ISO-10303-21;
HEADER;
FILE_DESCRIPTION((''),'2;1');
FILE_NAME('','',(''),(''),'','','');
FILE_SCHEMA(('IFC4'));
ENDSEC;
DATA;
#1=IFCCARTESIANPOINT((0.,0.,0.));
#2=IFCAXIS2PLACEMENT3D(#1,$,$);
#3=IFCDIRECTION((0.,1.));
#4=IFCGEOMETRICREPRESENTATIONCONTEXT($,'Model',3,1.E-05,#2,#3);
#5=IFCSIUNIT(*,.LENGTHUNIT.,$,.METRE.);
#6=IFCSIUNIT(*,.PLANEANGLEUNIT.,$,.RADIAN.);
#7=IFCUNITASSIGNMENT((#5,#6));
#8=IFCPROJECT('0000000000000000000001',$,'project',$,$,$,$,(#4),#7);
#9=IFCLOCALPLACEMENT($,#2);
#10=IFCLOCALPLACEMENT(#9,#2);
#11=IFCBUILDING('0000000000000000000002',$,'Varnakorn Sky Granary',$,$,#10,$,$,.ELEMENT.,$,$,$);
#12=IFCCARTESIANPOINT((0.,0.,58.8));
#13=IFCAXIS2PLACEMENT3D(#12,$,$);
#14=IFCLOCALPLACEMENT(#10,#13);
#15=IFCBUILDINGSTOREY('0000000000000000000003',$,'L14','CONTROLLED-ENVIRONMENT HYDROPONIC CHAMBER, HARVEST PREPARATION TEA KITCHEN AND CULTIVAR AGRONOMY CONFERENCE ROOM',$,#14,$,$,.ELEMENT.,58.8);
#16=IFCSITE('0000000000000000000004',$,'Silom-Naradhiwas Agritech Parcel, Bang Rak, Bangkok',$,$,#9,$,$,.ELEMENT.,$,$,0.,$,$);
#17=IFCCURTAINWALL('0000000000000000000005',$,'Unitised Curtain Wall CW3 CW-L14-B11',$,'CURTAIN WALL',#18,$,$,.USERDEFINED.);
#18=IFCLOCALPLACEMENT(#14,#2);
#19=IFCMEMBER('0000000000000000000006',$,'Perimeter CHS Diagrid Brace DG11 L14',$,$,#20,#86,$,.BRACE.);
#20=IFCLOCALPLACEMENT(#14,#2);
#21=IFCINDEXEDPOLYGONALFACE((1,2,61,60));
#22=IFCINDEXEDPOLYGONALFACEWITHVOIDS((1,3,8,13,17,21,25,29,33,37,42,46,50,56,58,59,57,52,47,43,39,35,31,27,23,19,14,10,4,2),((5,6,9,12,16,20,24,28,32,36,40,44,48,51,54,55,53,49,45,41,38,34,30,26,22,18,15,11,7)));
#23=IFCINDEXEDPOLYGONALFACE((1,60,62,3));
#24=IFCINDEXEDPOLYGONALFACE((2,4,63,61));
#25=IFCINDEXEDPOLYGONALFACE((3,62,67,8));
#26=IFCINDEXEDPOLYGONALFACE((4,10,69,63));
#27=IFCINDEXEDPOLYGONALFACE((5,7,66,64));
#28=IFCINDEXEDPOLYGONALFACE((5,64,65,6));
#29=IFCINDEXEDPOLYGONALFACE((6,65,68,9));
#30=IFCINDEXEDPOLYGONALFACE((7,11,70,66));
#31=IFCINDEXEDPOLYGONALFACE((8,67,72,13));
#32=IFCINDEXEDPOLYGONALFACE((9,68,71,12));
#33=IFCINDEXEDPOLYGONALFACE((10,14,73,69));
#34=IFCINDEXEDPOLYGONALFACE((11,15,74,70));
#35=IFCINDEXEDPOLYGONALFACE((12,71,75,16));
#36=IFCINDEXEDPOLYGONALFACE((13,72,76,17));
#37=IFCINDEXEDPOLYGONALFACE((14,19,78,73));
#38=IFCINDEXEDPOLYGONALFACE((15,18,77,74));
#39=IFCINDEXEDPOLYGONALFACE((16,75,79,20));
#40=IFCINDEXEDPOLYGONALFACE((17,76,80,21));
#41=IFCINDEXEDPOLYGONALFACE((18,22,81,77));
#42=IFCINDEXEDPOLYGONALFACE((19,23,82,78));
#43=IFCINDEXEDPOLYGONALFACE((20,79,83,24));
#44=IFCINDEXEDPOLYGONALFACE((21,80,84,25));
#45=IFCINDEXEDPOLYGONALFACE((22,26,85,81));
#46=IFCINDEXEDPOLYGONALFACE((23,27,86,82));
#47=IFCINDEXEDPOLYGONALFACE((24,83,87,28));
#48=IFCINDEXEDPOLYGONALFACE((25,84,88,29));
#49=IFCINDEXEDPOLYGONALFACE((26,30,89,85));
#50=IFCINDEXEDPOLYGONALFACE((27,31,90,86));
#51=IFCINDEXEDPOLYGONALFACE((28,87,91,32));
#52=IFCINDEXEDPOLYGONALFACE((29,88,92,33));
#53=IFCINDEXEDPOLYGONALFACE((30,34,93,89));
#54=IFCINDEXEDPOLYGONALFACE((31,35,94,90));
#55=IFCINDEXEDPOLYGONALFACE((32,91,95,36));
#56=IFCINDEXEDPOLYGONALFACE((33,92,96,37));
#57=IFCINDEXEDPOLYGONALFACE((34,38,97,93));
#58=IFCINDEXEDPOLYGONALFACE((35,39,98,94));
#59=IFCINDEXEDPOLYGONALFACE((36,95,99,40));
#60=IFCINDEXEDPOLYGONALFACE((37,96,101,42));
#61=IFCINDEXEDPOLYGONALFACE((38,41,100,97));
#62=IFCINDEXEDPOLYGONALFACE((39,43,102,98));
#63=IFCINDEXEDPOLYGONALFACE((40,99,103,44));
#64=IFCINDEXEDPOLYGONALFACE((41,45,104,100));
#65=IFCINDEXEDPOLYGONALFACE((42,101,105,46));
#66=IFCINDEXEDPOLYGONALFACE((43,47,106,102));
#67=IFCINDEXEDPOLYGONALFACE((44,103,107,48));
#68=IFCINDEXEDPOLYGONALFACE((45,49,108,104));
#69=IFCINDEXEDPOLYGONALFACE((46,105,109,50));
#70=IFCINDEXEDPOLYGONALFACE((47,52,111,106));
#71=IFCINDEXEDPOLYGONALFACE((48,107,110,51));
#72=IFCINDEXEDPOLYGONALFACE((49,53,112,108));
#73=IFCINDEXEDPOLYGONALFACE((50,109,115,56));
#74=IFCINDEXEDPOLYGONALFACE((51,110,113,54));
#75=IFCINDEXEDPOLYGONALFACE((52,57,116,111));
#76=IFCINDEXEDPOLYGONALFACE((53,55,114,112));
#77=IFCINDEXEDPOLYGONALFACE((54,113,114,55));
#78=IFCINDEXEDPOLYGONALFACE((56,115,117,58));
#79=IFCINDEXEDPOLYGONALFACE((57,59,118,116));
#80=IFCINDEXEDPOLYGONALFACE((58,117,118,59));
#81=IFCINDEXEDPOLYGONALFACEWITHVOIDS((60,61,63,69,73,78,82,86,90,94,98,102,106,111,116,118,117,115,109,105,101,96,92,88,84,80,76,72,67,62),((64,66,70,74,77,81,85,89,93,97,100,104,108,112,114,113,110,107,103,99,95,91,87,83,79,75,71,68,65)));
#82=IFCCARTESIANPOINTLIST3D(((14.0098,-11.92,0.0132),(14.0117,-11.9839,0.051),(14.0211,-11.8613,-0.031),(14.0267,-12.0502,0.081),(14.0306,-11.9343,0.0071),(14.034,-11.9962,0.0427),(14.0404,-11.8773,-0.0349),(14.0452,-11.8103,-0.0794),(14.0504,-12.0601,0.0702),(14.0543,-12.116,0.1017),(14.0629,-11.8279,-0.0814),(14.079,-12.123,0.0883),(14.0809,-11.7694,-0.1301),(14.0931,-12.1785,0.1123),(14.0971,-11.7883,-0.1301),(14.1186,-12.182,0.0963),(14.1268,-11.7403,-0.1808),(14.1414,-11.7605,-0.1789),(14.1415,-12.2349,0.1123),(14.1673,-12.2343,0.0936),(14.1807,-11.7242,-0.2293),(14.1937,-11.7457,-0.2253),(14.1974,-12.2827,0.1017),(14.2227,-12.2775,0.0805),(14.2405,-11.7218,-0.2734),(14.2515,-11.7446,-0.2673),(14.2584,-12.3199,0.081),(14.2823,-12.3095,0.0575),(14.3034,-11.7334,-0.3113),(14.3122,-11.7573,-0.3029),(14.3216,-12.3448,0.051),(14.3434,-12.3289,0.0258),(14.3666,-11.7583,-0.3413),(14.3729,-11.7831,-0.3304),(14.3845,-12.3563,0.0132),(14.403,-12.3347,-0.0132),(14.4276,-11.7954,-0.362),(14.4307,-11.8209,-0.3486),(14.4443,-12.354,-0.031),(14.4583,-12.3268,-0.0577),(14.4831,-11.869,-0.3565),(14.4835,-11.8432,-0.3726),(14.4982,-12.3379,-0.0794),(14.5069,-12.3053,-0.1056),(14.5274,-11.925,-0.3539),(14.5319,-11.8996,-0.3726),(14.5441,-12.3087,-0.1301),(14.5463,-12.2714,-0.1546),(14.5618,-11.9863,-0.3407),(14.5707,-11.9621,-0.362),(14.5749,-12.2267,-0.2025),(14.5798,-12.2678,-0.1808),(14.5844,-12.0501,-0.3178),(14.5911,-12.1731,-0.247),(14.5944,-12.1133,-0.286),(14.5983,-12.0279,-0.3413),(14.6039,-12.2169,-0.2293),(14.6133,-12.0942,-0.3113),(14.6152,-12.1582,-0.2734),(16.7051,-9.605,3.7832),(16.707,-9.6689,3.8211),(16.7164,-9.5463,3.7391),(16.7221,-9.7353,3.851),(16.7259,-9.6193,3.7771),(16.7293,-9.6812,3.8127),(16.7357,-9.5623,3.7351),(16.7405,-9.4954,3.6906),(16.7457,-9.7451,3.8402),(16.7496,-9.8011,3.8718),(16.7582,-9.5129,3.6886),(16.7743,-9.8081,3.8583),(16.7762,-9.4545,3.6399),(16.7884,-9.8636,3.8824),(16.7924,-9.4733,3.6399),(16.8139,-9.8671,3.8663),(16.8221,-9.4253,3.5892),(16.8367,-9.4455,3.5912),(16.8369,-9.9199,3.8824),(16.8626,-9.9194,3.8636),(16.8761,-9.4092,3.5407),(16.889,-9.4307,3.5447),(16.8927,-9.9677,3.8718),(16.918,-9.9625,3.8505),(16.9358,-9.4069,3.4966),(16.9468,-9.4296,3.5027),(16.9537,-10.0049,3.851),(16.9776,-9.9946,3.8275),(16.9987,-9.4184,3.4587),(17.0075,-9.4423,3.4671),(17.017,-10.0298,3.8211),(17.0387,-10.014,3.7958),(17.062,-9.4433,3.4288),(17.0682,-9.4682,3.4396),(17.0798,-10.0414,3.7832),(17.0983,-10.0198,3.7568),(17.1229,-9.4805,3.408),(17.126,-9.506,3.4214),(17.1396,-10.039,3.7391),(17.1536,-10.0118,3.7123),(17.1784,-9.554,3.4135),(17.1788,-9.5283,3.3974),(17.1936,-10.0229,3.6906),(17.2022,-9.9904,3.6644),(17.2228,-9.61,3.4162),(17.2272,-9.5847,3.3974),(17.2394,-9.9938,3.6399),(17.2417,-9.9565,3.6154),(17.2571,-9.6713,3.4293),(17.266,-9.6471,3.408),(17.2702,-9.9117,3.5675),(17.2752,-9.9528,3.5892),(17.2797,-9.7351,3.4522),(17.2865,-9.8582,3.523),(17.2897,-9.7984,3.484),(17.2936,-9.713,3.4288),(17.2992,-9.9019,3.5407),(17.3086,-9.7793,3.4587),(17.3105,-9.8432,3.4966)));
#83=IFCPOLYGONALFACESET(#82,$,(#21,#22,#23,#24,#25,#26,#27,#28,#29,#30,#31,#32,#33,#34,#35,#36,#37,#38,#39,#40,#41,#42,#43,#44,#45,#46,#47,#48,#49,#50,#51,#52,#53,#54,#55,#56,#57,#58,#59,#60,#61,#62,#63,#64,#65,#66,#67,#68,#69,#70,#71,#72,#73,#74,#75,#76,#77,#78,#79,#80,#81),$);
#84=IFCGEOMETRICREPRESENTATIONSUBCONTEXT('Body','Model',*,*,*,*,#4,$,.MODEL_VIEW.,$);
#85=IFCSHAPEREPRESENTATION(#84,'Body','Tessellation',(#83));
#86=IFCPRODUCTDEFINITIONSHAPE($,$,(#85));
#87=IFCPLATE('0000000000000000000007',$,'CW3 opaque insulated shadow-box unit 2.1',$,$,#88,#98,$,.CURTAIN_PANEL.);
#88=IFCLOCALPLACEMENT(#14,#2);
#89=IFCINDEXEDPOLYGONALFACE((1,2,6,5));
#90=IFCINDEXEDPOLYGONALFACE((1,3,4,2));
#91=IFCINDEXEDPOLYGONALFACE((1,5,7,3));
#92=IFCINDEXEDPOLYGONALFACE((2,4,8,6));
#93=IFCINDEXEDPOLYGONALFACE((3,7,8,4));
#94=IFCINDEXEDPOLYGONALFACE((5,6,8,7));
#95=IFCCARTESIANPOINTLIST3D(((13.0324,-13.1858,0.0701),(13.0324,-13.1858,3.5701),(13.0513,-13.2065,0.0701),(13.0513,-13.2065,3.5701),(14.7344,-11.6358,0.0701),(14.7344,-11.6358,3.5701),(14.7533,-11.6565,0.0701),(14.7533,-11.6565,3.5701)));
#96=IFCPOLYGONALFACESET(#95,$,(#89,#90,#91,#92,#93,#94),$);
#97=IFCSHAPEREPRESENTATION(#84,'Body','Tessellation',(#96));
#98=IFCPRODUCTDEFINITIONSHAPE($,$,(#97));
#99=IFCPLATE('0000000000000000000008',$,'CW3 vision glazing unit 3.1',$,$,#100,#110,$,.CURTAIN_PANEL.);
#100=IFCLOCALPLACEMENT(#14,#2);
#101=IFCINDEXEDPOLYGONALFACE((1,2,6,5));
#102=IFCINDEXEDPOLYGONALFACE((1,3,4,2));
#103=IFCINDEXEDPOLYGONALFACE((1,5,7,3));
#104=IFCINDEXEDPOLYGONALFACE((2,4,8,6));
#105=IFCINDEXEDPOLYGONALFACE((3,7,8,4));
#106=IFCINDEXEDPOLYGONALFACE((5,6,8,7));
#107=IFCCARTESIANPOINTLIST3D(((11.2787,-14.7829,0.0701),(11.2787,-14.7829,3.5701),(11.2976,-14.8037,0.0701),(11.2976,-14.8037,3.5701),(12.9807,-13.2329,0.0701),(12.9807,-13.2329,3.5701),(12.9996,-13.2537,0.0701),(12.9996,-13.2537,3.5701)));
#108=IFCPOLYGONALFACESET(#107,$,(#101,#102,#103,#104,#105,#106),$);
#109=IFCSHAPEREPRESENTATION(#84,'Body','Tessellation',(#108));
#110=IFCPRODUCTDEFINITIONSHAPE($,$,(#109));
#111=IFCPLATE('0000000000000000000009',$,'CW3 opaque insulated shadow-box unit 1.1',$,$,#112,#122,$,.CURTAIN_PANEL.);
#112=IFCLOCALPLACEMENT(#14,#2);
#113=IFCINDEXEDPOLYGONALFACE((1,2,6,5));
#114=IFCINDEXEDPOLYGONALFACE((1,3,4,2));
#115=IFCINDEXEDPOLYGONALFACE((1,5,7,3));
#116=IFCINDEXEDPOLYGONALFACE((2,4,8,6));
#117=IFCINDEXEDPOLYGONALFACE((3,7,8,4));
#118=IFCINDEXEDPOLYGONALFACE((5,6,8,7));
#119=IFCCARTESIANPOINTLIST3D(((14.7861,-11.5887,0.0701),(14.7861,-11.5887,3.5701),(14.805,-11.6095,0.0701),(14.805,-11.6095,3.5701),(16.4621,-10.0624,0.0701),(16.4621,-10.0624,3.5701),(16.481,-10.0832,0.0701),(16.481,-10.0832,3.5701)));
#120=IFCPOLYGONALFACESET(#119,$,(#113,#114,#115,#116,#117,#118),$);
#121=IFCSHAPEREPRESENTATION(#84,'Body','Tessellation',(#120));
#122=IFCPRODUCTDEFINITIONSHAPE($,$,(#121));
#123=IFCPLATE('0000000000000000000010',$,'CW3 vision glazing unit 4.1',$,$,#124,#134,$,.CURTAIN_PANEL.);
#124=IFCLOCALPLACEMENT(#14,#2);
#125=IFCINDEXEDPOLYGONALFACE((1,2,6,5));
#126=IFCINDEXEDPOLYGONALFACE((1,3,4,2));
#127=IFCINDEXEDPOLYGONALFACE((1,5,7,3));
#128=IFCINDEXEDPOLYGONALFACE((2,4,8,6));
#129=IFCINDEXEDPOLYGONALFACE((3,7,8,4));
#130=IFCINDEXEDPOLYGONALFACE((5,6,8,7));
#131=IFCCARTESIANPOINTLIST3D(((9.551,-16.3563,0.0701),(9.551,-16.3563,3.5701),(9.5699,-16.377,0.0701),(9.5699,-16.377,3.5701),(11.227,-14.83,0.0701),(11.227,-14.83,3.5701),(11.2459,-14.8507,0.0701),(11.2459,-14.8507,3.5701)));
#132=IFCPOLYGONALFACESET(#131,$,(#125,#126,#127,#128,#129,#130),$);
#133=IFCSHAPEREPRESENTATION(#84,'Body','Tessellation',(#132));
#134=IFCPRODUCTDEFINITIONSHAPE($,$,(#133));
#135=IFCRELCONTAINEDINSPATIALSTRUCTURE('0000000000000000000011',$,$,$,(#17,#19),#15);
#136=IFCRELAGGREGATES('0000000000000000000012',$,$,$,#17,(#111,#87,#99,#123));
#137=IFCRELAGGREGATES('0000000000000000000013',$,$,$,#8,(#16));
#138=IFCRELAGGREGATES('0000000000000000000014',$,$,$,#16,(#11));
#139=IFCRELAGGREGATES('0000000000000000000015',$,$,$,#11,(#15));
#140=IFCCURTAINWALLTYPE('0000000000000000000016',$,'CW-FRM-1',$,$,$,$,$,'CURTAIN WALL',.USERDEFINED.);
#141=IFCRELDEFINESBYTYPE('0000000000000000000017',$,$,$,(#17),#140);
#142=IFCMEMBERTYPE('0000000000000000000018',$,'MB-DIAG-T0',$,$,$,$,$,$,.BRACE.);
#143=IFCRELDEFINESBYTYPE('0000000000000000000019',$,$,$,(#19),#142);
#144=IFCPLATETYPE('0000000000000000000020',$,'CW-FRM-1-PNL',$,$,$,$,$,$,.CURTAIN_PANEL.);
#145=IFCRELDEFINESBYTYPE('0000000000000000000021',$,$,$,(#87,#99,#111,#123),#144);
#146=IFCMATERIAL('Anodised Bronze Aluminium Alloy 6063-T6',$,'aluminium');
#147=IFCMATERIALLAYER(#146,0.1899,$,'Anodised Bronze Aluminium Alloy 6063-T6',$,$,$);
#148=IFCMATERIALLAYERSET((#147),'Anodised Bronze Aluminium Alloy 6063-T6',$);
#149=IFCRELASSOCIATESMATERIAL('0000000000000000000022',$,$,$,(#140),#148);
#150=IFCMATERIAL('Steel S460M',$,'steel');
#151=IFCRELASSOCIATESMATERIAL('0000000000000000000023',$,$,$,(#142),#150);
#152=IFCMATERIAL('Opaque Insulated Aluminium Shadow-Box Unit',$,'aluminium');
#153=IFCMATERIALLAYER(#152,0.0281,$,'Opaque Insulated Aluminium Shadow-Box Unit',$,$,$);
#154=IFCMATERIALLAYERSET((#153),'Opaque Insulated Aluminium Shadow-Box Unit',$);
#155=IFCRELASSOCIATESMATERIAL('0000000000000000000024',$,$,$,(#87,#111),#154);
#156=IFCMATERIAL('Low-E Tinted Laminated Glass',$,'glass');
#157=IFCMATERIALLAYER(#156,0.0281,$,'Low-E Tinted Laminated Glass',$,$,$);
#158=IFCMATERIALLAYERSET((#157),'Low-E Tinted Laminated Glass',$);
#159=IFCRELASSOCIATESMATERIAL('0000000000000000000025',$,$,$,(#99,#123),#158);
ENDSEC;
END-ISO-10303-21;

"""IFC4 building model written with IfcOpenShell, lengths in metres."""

from ifc_helpers import new_model, si_unit, direction, frame, origin, origin_2d, place, context, subcontext, project, spatial, rectangle, hollow_circle, extrude, source, transform, mapped, material, layer, layer_set, material_profile, profile_set, type_object, type_shapes, element, aggregate, save


model = new_model("IFC4")

# Units and contexts
model_context = context("Model", 3, precision=1e-05, world=origin(), true_north=direction((0.0, 1.0)))
body_context = subcontext(model_context, "Body", "Model", "MODEL_VIEW")
ifc_project = project(units=[si_unit("LENGTHUNIT", "METRE"), si_unit("PLANEANGLEUNIT", "RADIAN")], contexts=[model_context])

# Site, building, storey
site_placement = place(None, origin())
site = spatial("IfcSite", under=ifc_project, at=site_placement, Name="Silom-Naradhiwas Agritech Parcel, Bang Rak, Bangkok", CompositionType="ELEMENT", RefElevation=0.0)
building_placement = place(site_placement, origin())
building = spatial("IfcBuilding", under=site, at=building_placement, Name="Varnakorn Sky Granary", CompositionType="ELEMENT")
storey_placement = place(building_placement, frame((0.0, 0.0, 58.8)))
storey = spatial("IfcBuildingStorey", under=building, at=storey_placement, Name="L14", Description="CONTROLLED-ENVIRONMENT HYDROPONIC CHAMBER, HARVEST PREPARATION TEA KITCHEN AND CULTIVAR AGRONOMY CONFERENCE ROOM", CompositionType="ELEMENT", Elevation=58.8)

# Shared definitions
ifc_material_1 = material(Name="Steel S460M", Category="steel")

# Shared definitions
ifc_material_2 = material(Name="Anodised Bronze Aluminium Alloy 6063-T6", Category="aluminium")
ifc_layer_1 = layer(ifc_material_2, 0.1899, Name="Anodised Bronze Aluminium Alloy 6063-T6")
ifc_layer_set_1 = layer_set([ifc_layer_1], Name="Anodised Bronze Aluminium Alloy 6063-T6")
curtain_wall_type = type_object("IfcCurtainWallType", Name="CW-FRM-1", ElementType="CURTAIN WALL", PredefinedType="USERDEFINED", material=ifc_layer_set_1)

# Curtain wall
curtain_wall_1_placement = place(storey_placement, origin())
curtain_wall_1 = element("IfcCurtainWall", 1, at=curtain_wall_1_placement, inside=storey, type_object=curtain_wall_type, Name="Unitised Curtain Wall CW3 CW-L14-B11", ObjectType="CURTAIN WALL", PredefinedType="USERDEFINED")

# Member
ifc_material_profile_1 = material_profile(ifc_material_1, hollow_circle(Radius=0.3555, WallThickness=0.0249, at=origin_2d()), Name="CHS 711x25")
ifc_profile_set_1 = profile_set([ifc_material_profile_1], Name="Steel S460M")
member_type_1 = type_object("IfcMemberType", Name="MB-DIAG-T0", PredefinedType="BRACE", material=ifc_profile_set_1)
member_1_placement = place(storey_placement, frame((14.3125, -12.0391, -0.1301), z_axis=(0.520289, 0.446864, 0.727745), x_axis=(-0.651549, 0.758606, 0.0)))
element("IfcMember", 2, at=member_1_placement, inside=storey, type_object=member_type_1, Name="Perimeter CHS Diagrid Brace DG11 L14", PredefinedType="BRACE", context=body_context, shape_type="SweptSolid", body=[
    extrude(hollow_circle(Radius=0.3555, WallThickness=0.0249, at=origin_2d()), origin(), (0.0, 0.0, 1.0), 5.1804),
])

# Plates
ifc_material_3 = material(Name="Opaque Insulated Aluminium Shadow-Box Unit", Category="aluminium")
ifc_layer_2 = layer(ifc_material_3, 0.0281, Name="Opaque Insulated Aluminium Shadow-Box Unit")
ifc_layer_set_2 = layer_set([ifc_layer_2], Name="Opaque Insulated Aluminium Shadow-Box Unit")
plate_type = type_object("IfcPlateType", Name="CW-FRM-1-PNL", PredefinedType="CURTAIN_PANEL")
shared_shape_1 = source(origin(), body_context, "Body", "SweptSolid", [
    extrude(rectangle(XDim=2.302, YDim=0.0281, at=origin_2d()), origin(), (0.0, 0.0, 1.0), 3.5),
])
plate_1_placement = place(storey_placement, frame((13.8928, -12.4211, 0.0701), z_axis=(0.0, 0.0, 1.0), x_axis=(-0.739352, -0.673319, 0.0)))
plate_1 = element("IfcPlate", 3, at=plate_1_placement, type_object=plate_type, material=ifc_layer_set_2, Name="CW3 opaque insulated shadow-box unit 2.1", PredefinedType="CURTAIN_PANEL", context=body_context, shape_type="MappedRepresentation", body=[
    mapped(shared_shape_1, transform((0.0, 0.0, 0.0), x_axis=(1.0, 0.0, 0.0), y_axis=(0.0, 1.0, 0.0), z_axis=(0.0, 0.0, 1.0), scale=1.0)),
])
ifc_material_4 = material(Name="Low-E Tinted Laminated Glass", Category="glass")
ifc_layer_3 = layer(ifc_material_4, 0.0281, Name="Low-E Tinted Laminated Glass")
ifc_layer_set_3 = layer_set([ifc_layer_3], Name="Low-E Tinted Laminated Glass")
plate_2_placement = place(storey_placement, frame((12.1392, -14.0183, 0.0701), z_axis=(0.0, 0.0, 1.0), x_axis=(-0.739352, -0.673319, 0.0)))
plate_2 = element("IfcPlate", 4, at=plate_2_placement, type_object=plate_type, material=ifc_layer_set_3, Name="CW3 vision glazing unit 3.1", PredefinedType="CURTAIN_PANEL", context=body_context, shape_type="MappedRepresentation", body=[
    mapped(shared_shape_1, transform((0.0, 0.0, 0.0), x_axis=(1.0, 0.0, 0.0), y_axis=(0.0, 1.0, 0.0), z_axis=(0.0, 0.0, 1.0), scale=1.0)),
])
shared_shape_2 = source(origin(), body_context, "Body", "SweptSolid", [
    extrude(rectangle(XDim=2.2668, YDim=0.0281, at=origin_2d()), origin(), (0.0, 0.0, 1.0), 3.5),
])
type_shapes(plate_type, [shared_shape_1, shared_shape_2])
plate_3_placement = place(storey_placement, frame((15.6335, -10.8359, 0.0701), z_axis=(0.0, 0.0, 1.0), x_axis=(-0.739352, -0.673319, 0.0)))
plate_3 = element("IfcPlate", 5, at=plate_3_placement, type_object=plate_type, material=ifc_layer_set_2, Name="CW3 opaque insulated shadow-box unit 1.1", PredefinedType="CURTAIN_PANEL", context=body_context, shape_type="MappedRepresentation", body=[
    mapped(shared_shape_2, transform((0.0, 0.0, 0.0), x_axis=(1.0, 0.0, 0.0), y_axis=(0.0, 1.0, 0.0), z_axis=(0.0, 0.0, 1.0), scale=1.0)),
])
plate_4_placement = place(storey_placement, frame((10.3984, -15.6035, 0.0701), z_axis=(0.0, 0.0, 1.0), x_axis=(-0.739352, -0.673319, 0.0)))
plate_4 = element("IfcPlate", 6, at=plate_4_placement, type_object=plate_type, material=ifc_layer_set_3, Name="CW3 vision glazing unit 4.1", PredefinedType="CURTAIN_PANEL", context=body_context, shape_type="MappedRepresentation", body=[
    mapped(shared_shape_2, transform((0.0, 0.0, 0.0), x_axis=(1.0, 0.0, 0.0), y_axis=(0.0, 1.0, 0.0), z_axis=(0.0, 0.0, 1.0), scale=1.0)),
])
aggregate(curtain_wall_1, [plate_3, plate_1, plate_2, plate_4])

save(model, "model.ifc")
